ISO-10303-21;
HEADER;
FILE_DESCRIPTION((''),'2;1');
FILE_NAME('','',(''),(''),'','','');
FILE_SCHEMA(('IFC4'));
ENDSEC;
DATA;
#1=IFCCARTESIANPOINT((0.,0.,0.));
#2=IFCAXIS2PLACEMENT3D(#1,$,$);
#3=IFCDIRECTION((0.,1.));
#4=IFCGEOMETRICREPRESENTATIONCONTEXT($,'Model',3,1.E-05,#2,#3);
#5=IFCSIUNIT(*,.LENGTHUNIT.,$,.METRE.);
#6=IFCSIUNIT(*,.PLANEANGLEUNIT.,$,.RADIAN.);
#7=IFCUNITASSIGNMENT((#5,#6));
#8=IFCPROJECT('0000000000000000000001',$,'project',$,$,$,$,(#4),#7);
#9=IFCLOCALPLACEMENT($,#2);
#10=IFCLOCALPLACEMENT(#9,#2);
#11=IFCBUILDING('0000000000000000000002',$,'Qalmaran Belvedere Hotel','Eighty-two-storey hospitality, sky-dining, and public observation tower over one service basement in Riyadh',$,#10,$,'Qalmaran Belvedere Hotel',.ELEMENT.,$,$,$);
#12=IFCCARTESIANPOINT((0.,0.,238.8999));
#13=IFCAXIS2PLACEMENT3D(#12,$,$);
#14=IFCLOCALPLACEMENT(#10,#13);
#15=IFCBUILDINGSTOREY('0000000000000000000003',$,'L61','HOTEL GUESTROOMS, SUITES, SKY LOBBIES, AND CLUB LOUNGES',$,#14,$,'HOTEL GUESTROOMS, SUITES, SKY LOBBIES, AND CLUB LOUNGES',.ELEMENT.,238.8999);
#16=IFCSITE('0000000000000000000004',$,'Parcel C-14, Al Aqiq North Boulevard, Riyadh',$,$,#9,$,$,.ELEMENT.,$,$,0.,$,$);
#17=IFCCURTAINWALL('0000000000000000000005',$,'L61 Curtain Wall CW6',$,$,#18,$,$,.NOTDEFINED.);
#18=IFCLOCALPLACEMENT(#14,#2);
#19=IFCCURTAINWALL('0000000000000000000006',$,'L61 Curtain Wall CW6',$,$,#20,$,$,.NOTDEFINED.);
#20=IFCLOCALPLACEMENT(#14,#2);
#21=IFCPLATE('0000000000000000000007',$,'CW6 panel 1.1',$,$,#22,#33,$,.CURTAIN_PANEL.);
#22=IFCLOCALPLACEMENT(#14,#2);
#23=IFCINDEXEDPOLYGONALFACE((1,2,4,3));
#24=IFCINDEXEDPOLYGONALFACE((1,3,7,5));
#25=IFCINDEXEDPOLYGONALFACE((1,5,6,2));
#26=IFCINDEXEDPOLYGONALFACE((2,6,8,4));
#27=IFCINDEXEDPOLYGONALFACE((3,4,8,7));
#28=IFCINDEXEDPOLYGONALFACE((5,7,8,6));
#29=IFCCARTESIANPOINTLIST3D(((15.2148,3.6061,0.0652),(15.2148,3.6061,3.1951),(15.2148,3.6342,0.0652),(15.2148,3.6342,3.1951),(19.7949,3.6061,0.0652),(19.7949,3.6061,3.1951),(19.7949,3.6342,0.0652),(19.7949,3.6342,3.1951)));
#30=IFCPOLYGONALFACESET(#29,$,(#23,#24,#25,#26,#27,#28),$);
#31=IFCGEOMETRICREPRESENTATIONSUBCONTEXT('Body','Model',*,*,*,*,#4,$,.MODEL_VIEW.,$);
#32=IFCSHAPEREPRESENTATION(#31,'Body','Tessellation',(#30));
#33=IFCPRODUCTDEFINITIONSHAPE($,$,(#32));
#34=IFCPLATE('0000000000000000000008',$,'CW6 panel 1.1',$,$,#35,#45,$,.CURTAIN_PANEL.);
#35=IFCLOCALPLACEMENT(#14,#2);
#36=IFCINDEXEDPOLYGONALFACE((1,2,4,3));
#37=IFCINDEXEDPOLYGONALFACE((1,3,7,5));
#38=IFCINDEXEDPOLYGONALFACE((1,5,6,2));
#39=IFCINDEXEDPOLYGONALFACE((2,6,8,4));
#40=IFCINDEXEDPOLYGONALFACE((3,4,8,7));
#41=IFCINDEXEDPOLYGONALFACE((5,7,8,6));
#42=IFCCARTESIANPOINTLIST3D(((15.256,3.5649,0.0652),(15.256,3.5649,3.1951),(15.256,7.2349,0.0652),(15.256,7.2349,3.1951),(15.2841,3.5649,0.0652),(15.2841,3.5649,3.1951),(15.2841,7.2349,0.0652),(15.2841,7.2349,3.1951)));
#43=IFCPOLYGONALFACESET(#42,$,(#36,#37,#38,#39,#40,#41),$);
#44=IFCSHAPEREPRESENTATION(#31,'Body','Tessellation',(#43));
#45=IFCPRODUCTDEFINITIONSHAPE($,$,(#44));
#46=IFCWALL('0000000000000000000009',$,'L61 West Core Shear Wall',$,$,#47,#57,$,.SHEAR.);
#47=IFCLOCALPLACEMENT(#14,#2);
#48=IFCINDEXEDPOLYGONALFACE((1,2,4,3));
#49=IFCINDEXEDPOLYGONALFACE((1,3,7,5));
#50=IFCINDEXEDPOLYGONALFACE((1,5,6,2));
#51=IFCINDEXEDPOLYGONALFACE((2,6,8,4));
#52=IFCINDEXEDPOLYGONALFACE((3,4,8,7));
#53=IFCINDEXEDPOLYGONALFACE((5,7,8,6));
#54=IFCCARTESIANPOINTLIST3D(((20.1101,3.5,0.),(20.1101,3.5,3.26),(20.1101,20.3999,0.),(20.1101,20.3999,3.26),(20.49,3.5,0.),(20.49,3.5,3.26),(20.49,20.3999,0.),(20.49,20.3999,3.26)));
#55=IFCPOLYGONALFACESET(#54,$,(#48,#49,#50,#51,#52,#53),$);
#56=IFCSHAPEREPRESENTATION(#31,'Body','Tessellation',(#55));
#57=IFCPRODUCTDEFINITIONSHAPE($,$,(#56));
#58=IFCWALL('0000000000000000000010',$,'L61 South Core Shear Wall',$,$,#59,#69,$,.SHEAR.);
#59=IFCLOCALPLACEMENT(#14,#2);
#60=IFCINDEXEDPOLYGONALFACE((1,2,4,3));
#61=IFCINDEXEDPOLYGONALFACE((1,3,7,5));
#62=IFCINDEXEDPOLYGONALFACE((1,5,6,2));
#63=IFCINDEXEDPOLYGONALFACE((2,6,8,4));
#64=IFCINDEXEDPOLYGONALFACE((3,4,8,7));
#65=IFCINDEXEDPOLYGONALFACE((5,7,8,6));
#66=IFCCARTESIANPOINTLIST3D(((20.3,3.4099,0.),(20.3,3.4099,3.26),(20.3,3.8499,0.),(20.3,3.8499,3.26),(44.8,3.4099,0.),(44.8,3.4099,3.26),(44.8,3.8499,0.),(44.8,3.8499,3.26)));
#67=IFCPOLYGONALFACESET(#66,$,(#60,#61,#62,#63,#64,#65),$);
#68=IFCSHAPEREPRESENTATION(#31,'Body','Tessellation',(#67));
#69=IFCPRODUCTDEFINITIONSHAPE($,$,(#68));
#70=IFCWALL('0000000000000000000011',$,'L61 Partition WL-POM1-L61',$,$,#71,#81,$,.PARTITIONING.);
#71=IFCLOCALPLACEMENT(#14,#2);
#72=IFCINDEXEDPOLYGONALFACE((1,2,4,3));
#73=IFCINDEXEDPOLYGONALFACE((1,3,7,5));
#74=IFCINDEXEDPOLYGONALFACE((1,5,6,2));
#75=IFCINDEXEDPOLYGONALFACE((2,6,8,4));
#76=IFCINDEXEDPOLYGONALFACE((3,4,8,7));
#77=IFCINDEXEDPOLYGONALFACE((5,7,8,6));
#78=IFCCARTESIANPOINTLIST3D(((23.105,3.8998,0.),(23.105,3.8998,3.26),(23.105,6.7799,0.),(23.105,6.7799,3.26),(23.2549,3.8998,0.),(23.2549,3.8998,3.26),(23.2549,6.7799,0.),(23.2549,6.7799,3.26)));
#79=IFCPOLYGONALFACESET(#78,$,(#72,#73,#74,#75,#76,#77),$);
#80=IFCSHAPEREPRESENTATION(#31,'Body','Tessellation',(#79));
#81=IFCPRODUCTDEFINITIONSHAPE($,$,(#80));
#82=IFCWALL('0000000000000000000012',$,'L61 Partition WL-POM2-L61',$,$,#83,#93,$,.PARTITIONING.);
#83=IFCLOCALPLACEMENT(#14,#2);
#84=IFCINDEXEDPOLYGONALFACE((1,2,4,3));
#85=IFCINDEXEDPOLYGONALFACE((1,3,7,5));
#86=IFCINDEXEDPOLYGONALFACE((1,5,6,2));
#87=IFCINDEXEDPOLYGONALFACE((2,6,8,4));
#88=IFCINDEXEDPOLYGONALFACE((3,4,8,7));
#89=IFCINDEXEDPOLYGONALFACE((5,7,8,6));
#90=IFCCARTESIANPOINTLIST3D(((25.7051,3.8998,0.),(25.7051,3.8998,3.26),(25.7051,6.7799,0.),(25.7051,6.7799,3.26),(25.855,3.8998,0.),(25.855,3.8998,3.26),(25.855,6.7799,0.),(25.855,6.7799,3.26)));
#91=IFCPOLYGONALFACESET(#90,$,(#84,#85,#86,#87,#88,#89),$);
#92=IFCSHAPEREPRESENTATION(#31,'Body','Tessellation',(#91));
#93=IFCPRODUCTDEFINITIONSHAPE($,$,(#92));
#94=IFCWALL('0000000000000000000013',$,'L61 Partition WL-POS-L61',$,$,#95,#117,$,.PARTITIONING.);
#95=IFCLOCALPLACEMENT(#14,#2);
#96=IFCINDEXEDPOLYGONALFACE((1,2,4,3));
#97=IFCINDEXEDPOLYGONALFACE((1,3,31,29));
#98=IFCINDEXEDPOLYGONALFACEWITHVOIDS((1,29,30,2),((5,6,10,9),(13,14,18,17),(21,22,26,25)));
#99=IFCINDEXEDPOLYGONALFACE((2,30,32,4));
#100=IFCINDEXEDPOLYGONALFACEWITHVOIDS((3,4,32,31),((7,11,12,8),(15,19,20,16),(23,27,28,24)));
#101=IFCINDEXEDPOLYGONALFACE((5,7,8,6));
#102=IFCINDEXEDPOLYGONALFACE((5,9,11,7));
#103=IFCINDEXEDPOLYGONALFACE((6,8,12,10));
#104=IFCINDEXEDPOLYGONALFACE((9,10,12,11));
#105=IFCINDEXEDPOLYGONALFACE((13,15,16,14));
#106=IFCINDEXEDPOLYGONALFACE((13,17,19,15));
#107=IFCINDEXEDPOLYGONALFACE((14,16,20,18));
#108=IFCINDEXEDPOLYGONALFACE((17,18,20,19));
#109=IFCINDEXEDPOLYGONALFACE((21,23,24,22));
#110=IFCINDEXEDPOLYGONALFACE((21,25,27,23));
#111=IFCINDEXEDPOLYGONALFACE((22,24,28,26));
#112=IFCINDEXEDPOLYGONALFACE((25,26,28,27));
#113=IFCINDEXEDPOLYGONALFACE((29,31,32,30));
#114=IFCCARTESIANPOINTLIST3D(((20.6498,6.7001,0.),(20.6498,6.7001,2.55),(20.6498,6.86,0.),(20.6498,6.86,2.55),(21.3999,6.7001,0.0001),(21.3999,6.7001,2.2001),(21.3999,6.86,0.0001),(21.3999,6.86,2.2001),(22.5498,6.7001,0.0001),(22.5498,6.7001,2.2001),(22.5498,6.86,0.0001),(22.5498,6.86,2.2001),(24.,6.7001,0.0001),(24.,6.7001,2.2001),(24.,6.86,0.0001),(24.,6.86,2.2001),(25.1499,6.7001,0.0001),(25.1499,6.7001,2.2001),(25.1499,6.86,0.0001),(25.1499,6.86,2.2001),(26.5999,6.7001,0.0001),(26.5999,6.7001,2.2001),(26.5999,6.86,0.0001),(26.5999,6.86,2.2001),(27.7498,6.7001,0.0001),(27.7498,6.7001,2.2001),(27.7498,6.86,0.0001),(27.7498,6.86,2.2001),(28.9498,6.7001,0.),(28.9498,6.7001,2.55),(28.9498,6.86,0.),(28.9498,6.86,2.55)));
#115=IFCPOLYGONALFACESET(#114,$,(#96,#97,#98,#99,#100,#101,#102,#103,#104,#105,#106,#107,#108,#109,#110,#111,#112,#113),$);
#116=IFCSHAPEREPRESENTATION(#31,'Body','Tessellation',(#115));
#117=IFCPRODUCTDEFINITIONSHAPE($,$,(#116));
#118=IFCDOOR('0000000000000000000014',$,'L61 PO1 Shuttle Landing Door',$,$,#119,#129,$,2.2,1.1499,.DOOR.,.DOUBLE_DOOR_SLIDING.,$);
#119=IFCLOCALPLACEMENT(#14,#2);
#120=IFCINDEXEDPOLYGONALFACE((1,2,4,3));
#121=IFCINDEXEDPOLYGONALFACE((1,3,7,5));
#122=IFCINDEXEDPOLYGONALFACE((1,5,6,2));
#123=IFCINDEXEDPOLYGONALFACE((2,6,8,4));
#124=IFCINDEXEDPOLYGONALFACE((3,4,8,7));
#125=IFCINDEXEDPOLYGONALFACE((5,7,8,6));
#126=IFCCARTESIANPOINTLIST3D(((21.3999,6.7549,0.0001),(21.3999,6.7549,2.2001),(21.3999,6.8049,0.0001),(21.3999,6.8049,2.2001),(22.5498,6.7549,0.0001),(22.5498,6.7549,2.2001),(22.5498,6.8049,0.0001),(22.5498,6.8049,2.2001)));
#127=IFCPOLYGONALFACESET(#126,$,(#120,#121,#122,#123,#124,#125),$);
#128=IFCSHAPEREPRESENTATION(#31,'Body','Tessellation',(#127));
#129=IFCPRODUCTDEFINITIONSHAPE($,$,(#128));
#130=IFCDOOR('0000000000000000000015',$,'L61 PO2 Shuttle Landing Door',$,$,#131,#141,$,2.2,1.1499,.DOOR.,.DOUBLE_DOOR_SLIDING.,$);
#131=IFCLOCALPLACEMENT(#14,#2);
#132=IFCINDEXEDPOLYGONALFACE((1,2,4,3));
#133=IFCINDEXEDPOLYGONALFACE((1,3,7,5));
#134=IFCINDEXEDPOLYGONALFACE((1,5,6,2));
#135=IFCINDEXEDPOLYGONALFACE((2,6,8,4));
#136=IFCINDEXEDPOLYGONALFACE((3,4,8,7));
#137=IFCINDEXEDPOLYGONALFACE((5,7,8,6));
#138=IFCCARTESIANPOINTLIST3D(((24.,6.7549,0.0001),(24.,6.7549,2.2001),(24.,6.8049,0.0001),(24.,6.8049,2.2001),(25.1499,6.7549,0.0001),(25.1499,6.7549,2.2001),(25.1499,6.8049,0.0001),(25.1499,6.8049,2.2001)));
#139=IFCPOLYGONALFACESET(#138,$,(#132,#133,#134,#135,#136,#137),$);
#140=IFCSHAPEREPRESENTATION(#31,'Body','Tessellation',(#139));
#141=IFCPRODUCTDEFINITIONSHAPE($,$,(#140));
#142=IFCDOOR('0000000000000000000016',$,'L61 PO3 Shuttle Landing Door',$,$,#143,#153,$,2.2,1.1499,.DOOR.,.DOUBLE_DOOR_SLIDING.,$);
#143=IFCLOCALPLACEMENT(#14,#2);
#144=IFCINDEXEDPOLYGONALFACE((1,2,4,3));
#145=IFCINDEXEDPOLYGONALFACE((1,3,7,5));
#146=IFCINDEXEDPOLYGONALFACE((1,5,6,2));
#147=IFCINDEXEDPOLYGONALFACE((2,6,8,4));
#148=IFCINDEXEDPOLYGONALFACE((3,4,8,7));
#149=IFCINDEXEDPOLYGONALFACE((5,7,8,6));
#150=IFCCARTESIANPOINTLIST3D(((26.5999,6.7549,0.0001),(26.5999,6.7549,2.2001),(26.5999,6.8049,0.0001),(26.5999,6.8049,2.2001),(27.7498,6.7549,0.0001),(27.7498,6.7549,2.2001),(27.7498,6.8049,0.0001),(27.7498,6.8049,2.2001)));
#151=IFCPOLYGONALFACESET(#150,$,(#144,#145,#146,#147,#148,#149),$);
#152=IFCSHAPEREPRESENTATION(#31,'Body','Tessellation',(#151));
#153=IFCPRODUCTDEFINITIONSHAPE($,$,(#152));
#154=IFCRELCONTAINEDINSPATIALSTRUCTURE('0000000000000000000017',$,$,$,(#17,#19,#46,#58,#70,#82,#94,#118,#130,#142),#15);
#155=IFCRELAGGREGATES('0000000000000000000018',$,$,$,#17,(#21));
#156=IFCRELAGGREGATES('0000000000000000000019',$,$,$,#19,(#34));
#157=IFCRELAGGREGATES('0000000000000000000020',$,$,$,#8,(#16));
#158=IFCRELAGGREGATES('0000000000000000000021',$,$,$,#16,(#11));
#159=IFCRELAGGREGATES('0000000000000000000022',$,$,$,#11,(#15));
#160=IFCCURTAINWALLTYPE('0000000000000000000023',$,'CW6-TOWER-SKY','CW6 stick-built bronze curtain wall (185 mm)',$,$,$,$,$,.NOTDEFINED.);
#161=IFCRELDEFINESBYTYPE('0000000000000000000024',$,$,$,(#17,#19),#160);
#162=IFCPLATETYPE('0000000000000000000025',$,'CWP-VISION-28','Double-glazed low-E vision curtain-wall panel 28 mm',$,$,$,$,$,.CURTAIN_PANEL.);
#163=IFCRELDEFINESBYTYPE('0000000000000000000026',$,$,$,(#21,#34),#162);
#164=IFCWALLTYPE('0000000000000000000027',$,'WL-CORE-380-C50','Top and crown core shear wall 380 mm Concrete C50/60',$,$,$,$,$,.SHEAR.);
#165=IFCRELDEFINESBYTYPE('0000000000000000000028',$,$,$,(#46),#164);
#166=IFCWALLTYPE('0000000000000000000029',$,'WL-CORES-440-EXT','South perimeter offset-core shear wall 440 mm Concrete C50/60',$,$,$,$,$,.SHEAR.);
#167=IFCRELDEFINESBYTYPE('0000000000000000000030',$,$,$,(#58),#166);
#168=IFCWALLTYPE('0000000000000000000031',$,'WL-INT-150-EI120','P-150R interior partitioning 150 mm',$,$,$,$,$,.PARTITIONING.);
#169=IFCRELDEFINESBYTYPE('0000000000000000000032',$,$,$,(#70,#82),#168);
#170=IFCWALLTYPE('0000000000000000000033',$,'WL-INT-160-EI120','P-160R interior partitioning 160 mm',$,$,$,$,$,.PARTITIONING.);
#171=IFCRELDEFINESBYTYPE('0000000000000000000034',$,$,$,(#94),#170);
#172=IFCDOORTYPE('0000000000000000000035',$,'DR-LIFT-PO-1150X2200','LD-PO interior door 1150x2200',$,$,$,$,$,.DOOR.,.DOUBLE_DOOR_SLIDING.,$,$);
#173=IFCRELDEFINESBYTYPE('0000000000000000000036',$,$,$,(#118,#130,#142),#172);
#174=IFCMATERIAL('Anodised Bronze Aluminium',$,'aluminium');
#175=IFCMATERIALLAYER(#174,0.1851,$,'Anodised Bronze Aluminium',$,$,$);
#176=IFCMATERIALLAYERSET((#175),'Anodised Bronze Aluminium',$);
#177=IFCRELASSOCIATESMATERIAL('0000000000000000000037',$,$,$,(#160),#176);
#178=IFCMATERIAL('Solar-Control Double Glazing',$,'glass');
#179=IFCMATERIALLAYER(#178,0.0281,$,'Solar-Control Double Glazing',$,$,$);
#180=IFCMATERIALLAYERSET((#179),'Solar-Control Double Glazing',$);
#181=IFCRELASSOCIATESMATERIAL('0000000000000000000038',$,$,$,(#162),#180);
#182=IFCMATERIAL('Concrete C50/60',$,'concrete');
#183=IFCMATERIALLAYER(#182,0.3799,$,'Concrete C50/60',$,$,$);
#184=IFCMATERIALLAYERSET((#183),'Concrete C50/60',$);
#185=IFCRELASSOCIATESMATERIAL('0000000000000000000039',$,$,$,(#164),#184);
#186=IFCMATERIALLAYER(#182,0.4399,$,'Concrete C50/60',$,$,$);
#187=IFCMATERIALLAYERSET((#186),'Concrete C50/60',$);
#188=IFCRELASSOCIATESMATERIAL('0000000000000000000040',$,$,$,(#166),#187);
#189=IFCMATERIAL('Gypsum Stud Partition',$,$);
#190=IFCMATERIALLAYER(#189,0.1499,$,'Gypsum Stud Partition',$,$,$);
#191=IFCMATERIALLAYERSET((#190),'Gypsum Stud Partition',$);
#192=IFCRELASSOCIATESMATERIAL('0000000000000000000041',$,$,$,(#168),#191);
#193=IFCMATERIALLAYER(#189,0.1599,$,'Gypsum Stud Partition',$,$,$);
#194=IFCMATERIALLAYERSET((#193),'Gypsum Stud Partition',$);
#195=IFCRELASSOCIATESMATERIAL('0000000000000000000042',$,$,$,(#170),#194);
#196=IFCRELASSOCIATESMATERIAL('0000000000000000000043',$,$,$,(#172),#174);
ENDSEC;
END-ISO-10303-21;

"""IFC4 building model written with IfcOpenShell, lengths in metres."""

from ifc_helpers import new_model, si_unit, direction, frame, frame_2d, origin, origin_2d, place, context, subcontext, project, spatial, rectangle, extrude, material, layer, layer_set, type_object, element, fill, aggregate, save


model = new_model("IFC4")

# Units and contexts
model_context = context("Model", 3, precision=1e-05, world=origin(), true_north=direction((0.0, 1.0)))
body_context = subcontext(model_context, "Body", "Model", "MODEL_VIEW")
ifc_project = project(units=[si_unit("LENGTHUNIT", "METRE"), si_unit("PLANEANGLEUNIT", "RADIAN")], contexts=[model_context])

# Site, building, storey
site_placement = place(None, origin())
site = spatial("IfcSite", under=ifc_project, at=site_placement, Name="Parcel C-14, Al Aqiq North Boulevard, Riyadh", CompositionType="ELEMENT", RefElevation=0.0)
building_placement = place(site_placement, origin())
building = spatial("IfcBuilding", under=site, at=building_placement, Name="Qalmaran Belvedere Hotel", Description="Eighty-two-storey hospitality, sky-dining, and public observation tower over one service basement in Riyadh", LongName="Qalmaran Belvedere Hotel", CompositionType="ELEMENT")
storey_placement = place(building_placement, frame((0.0, 0.0, 238.8999)))
storey = spatial("IfcBuildingStorey", under=building, at=storey_placement, Name="L61", Description="HOTEL GUESTROOMS, SUITES, SKY LOBBIES, AND CLUB LOUNGES", LongName="HOTEL GUESTROOMS, SUITES, SKY LOBBIES, AND CLUB LOUNGES", CompositionType="ELEMENT", Elevation=238.8999)

# Shared definitions
ifc_material_1 = material(Name="Concrete C50/60", Category="concrete")

# Curtain wall
ifc_material_2 = material(Name="Anodised Bronze Aluminium", Category="aluminium")
ifc_layer_1 = layer(ifc_material_2, 0.1851, Name="Anodised Bronze Aluminium")
ifc_layer_set_1 = layer_set([ifc_layer_1], Name="Anodised Bronze Aluminium")
curtain_wall_type = type_object("IfcCurtainWallType", Name="CW6-TOWER-SKY", Description="CW6 stick-built bronze curtain wall (185 mm)", PredefinedType="NOTDEFINED", material=ifc_layer_set_1)
curtain_wall_1_placement = place(storey_placement, origin())
curtain_wall_1 = element("IfcCurtainWall", 1, at=curtain_wall_1_placement, inside=storey, type_object=curtain_wall_type, Name="L61 Curtain Wall CW6", PredefinedType="NOTDEFINED")

# Curtain wall
curtain_wall_2_placement = place(storey_placement, origin())
curtain_wall_2 = element("IfcCurtainWall", 2, at=curtain_wall_2_placement, inside=storey, type_object=curtain_wall_type, Name="L61 Curtain Wall CW6", PredefinedType="NOTDEFINED")

# Plates
ifc_material_3 = material(Name="Solar-Control Double Glazing", Category="glass")
ifc_layer_2 = layer(ifc_material_3, 0.0281, Name="Solar-Control Double Glazing")
ifc_layer_set_2 = layer_set([ifc_layer_2], Name="Solar-Control Double Glazing")
plate_type = type_object("IfcPlateType", Name="CWP-VISION-28", Description="Double-glazed low-E vision curtain-wall panel 28 mm", PredefinedType="CURTAIN_PANEL", material=ifc_layer_set_2)
plate_1_placement = place(storey_placement, frame((17.5049, 3.6201, 0.0652), z_axis=(0.0, 0.0, 1.0), x_axis=(1.0, 0.0, 0.0)))
plate_1 = element("IfcPlate", 3, at=plate_1_placement, type_object=plate_type, Name="CW6 panel 1.1", PredefinedType="CURTAIN_PANEL", context=body_context, shape_type="SweptSolid", body=[
    extrude(rectangle(XDim=4.5801, YDim=0.0281, at=origin_2d()), origin(), (0.0, 0.0, 1.0), 3.1299),
])
aggregate(curtain_wall_1, [plate_1])
plate_2_placement = place(storey_placement, frame((15.27, 5.3999, 0.0652), z_axis=(0.0, 0.0, 1.0), x_axis=(0.0, -1.0, 0.0)))
plate_2 = element("IfcPlate", 4, at=plate_2_placement, type_object=plate_type, Name="CW6 panel 1.1", PredefinedType="CURTAIN_PANEL", context=body_context, shape_type="SweptSolid", body=[
    extrude(rectangle(XDim=3.6699, YDim=0.0281, at=origin_2d()), origin(), (0.0, 0.0, 1.0), 3.1299),
])
aggregate(curtain_wall_2, [plate_2])

# Walls
ifc_layer_3 = layer(ifc_material_1, 0.3799, Name="Concrete C50/60")
ifc_layer_set_3 = layer_set([ifc_layer_3], Name="Concrete C50/60")
wall_type_1 = type_object("IfcWallType", Name="WL-CORE-380-C50", Description="Top and crown core shear wall 380 mm Concrete C50/60", PredefinedType="SHEAR", material=ifc_layer_set_3)
wall_1_placement = place(storey_placement, frame((20.3, 3.5, 0.0), z_axis=(0.0, 0.0, 1.0), x_axis=(0.0, 1.0, 0.0)))
element("IfcWall", 5, at=wall_1_placement, inside=storey, type_object=wall_type_1, Name="L61 West Core Shear Wall", PredefinedType="SHEAR", context=body_context, shape_type="SweptSolid", body=[
    extrude(rectangle(XDim=16.8999, YDim=0.3799, at=frame_2d((8.45, 0.0))), origin(), (0.0, 0.0, 1.0), 3.26),
])
ifc_layer_4 = layer(ifc_material_1, 0.4399, Name="Concrete C50/60")
ifc_layer_set_4 = layer_set([ifc_layer_4], Name="Concrete C50/60")
wall_type_2 = type_object("IfcWallType", Name="WL-CORES-440-EXT", Description="South perimeter offset-core shear wall 440 mm Concrete C50/60", PredefinedType="SHEAR", material=ifc_layer_set_4)
wall_2_placement = place(storey_placement, frame((20.3, 3.6299, 0.0), z_axis=(0.0, 0.0, 1.0), x_axis=(1.0, 0.0, 0.0)))
element("IfcWall", 6, at=wall_2_placement, inside=storey, type_object=wall_type_2, Name="L61 South Core Shear Wall", PredefinedType="SHEAR", context=body_context, shape_type="SweptSolid", body=[
    extrude(rectangle(XDim=24.5, YDim=0.4399, at=frame_2d((12.25, 0.0))), origin(), (0.0, 0.0, 1.0), 3.26),
])
ifc_material_4 = material(Name="Gypsum Stud Partition")
ifc_layer_5 = layer(ifc_material_4, 0.1499, Name="Gypsum Stud Partition")
ifc_layer_set_5 = layer_set([ifc_layer_5], Name="Gypsum Stud Partition")
wall_type_3 = type_object("IfcWallType", Name="WL-INT-150-EI120", Description="P-150R interior partitioning 150 mm", PredefinedType="PARTITIONING", material=ifc_layer_set_5)
for number, where, z_axis, x_axis, name in (
    (7, (23.1799, 3.8999, 0.0), (0.0, 0.0, 1.0), (0.0, 1.0, 0.0), "L61 Partition WL-POM1-L61"),
    (8, (25.78, 3.8999, 0.0), (0.0, 0.0, 1.0), (0.0, 1.0, 0.0), "L61 Partition WL-POM2-L61"),
):
    element("IfcWall", number, at=place(storey_placement, frame(where, z_axis=z_axis, x_axis=x_axis)), inside=storey, type_object=wall_type_3, Name=name, PredefinedType="PARTITIONING", context=body_context, shape_type="SweptSolid", body=[
        extrude(rectangle(XDim=2.8801, YDim=0.1499, at=frame_2d((1.4399, 0.0))), origin(), (0.0, 0.0, 1.0), 3.26),
    ])

# Wall, openings, doors
ifc_layer_6 = layer(ifc_material_4, 0.1599, Name="Gypsum Stud Partition")
ifc_layer_set_6 = layer_set([ifc_layer_6], Name="Gypsum Stud Partition")
wall_type_4 = type_object("IfcWallType", Name="WL-INT-160-EI120", Description="P-160R interior partitioning 160 mm", PredefinedType="PARTITIONING", material=ifc_layer_set_6)
wall_3_placement = place(storey_placement, frame((20.6499, 6.78, 0.0), z_axis=(0.0, 0.0, 1.0), x_axis=(1.0, 0.0, 0.0)))
wall_3 = element("IfcWall", 9, at=wall_3_placement, inside=storey, type_object=wall_type_4, Name="L61 Partition WL-POS-L61", PredefinedType="PARTITIONING", context=body_context, shape_type="SweptSolid", body=[
    extrude(rectangle(XDim=8.3, YDim=0.1599, at=frame_2d((4.1499, 0.0))), origin(), (0.0, 0.0, 1.0), 2.55),
])
opening_1_placement = place(wall_3_placement, frame((0.75, 0.0, 0.0)))
opening_1 = element("IfcOpeningElement", 10, at=opening_1_placement, cuts=wall_3, PredefinedType="OPENING", context=body_context, shape_type="SweptSolid", body=[
    extrude(rectangle(XDim=1.1499, YDim=2.2, at=frame_2d((0.575, 1.1001))), frame((0.0, 0.0898, 0.0), z_axis=(0.0, -1.0, 0.0), x_axis=(1.0, 0.0, 0.0)), (0.0, 0.0, 1.0), 0.1799),
])
opening_2_placement = place(wall_3_placement, frame((3.3501, 0.0, 0.0)))
opening_2 = element("IfcOpeningElement", 11, at=opening_2_placement, cuts=wall_3, PredefinedType="OPENING", context=body_context, shape_type="SweptSolid", body=[
    extrude(rectangle(XDim=1.1499, YDim=2.2, at=frame_2d((0.575, 1.1001))), frame((0.0, 0.0898, 0.0), z_axis=(0.0, -1.0, 0.0), x_axis=(1.0, 0.0, 0.0)), (0.0, 0.0, 1.0), 0.1799),
])
opening_3_placement = place(wall_3_placement, frame((5.95, 0.0, 0.0)))
opening_3 = element("IfcOpeningElement", 12, at=opening_3_placement, cuts=wall_3, PredefinedType="OPENING", context=body_context, shape_type="SweptSolid", body=[
    extrude(rectangle(XDim=1.1499, YDim=2.2, at=frame_2d((0.575, 1.1001))), frame((0.0, 0.0898, 0.0), z_axis=(0.0, -1.0, 0.0), x_axis=(1.0, 0.0, 0.0)), (0.0, 0.0, 1.0), 0.1799),
])
door_type = type_object("IfcDoorType", Name="DR-LIFT-PO-1150X2200", Description="LD-PO interior door 1150x2200", OperationType="DOUBLE_DOOR_SLIDING", PredefinedType="DOOR", material=ifc_material_2)
door_1_placement = place(opening_1_placement, origin())
door_1 = element("IfcDoor", 13, at=door_1_placement, inside=storey, type_object=door_type, Name="L61 PO1 Shuttle Landing Door", OperationType="DOUBLE_DOOR_SLIDING", OverallHeight=2.2, OverallWidth=1.1499, PredefinedType="DOOR", context=body_context, shape_type="SweptSolid", body=[
    extrude(rectangle(XDim=1.1499, YDim=2.2, at=frame_2d((0.575, 1.1001))), frame((0.0, 0.0249, 0.0), z_axis=(0.0, -1.0, 0.0), x_axis=(1.0, 0.0, 0.0)), (0.0, 0.0, 1.0), 0.05),
])
fill(opening_1, door_1)
door_2_placement = place(opening_2_placement, origin())
door_2 = element("IfcDoor", 14, at=door_2_placement, inside=storey, type_object=door_type, Name="L61 PO2 Shuttle Landing Door", OperationType="DOUBLE_DOOR_SLIDING", OverallHeight=2.2, OverallWidth=1.1499, PredefinedType="DOOR", context=body_context, shape_type="SweptSolid", body=[
    extrude(rectangle(XDim=1.1499, YDim=2.2, at=frame_2d((0.575, 1.1001))), frame((0.0, 0.0249, 0.0), z_axis=(0.0, -1.0, 0.0), x_axis=(1.0, 0.0, 0.0)), (0.0, 0.0, 1.0), 0.05),
])
fill(opening_2, door_2)
door_3_placement = place(opening_3_placement, origin())
door_3 = element("IfcDoor", 15, at=door_3_placement, inside=storey, type_object=door_type, Name="L61 PO3 Shuttle Landing Door", OperationType="DOUBLE_DOOR_SLIDING", OverallHeight=2.2, OverallWidth=1.1499, PredefinedType="DOOR", context=body_context, shape_type="SweptSolid", body=[
    extrude(rectangle(XDim=1.1499, YDim=2.2, at=frame_2d((0.575, 1.1001))), frame((0.0, 0.0249, 0.0), z_axis=(0.0, -1.0, 0.0), x_axis=(1.0, 0.0, 0.0)), (0.0, 0.0, 1.0), 0.05),
])
fill(opening_3, door_3)

save(model, "model.ifc")
